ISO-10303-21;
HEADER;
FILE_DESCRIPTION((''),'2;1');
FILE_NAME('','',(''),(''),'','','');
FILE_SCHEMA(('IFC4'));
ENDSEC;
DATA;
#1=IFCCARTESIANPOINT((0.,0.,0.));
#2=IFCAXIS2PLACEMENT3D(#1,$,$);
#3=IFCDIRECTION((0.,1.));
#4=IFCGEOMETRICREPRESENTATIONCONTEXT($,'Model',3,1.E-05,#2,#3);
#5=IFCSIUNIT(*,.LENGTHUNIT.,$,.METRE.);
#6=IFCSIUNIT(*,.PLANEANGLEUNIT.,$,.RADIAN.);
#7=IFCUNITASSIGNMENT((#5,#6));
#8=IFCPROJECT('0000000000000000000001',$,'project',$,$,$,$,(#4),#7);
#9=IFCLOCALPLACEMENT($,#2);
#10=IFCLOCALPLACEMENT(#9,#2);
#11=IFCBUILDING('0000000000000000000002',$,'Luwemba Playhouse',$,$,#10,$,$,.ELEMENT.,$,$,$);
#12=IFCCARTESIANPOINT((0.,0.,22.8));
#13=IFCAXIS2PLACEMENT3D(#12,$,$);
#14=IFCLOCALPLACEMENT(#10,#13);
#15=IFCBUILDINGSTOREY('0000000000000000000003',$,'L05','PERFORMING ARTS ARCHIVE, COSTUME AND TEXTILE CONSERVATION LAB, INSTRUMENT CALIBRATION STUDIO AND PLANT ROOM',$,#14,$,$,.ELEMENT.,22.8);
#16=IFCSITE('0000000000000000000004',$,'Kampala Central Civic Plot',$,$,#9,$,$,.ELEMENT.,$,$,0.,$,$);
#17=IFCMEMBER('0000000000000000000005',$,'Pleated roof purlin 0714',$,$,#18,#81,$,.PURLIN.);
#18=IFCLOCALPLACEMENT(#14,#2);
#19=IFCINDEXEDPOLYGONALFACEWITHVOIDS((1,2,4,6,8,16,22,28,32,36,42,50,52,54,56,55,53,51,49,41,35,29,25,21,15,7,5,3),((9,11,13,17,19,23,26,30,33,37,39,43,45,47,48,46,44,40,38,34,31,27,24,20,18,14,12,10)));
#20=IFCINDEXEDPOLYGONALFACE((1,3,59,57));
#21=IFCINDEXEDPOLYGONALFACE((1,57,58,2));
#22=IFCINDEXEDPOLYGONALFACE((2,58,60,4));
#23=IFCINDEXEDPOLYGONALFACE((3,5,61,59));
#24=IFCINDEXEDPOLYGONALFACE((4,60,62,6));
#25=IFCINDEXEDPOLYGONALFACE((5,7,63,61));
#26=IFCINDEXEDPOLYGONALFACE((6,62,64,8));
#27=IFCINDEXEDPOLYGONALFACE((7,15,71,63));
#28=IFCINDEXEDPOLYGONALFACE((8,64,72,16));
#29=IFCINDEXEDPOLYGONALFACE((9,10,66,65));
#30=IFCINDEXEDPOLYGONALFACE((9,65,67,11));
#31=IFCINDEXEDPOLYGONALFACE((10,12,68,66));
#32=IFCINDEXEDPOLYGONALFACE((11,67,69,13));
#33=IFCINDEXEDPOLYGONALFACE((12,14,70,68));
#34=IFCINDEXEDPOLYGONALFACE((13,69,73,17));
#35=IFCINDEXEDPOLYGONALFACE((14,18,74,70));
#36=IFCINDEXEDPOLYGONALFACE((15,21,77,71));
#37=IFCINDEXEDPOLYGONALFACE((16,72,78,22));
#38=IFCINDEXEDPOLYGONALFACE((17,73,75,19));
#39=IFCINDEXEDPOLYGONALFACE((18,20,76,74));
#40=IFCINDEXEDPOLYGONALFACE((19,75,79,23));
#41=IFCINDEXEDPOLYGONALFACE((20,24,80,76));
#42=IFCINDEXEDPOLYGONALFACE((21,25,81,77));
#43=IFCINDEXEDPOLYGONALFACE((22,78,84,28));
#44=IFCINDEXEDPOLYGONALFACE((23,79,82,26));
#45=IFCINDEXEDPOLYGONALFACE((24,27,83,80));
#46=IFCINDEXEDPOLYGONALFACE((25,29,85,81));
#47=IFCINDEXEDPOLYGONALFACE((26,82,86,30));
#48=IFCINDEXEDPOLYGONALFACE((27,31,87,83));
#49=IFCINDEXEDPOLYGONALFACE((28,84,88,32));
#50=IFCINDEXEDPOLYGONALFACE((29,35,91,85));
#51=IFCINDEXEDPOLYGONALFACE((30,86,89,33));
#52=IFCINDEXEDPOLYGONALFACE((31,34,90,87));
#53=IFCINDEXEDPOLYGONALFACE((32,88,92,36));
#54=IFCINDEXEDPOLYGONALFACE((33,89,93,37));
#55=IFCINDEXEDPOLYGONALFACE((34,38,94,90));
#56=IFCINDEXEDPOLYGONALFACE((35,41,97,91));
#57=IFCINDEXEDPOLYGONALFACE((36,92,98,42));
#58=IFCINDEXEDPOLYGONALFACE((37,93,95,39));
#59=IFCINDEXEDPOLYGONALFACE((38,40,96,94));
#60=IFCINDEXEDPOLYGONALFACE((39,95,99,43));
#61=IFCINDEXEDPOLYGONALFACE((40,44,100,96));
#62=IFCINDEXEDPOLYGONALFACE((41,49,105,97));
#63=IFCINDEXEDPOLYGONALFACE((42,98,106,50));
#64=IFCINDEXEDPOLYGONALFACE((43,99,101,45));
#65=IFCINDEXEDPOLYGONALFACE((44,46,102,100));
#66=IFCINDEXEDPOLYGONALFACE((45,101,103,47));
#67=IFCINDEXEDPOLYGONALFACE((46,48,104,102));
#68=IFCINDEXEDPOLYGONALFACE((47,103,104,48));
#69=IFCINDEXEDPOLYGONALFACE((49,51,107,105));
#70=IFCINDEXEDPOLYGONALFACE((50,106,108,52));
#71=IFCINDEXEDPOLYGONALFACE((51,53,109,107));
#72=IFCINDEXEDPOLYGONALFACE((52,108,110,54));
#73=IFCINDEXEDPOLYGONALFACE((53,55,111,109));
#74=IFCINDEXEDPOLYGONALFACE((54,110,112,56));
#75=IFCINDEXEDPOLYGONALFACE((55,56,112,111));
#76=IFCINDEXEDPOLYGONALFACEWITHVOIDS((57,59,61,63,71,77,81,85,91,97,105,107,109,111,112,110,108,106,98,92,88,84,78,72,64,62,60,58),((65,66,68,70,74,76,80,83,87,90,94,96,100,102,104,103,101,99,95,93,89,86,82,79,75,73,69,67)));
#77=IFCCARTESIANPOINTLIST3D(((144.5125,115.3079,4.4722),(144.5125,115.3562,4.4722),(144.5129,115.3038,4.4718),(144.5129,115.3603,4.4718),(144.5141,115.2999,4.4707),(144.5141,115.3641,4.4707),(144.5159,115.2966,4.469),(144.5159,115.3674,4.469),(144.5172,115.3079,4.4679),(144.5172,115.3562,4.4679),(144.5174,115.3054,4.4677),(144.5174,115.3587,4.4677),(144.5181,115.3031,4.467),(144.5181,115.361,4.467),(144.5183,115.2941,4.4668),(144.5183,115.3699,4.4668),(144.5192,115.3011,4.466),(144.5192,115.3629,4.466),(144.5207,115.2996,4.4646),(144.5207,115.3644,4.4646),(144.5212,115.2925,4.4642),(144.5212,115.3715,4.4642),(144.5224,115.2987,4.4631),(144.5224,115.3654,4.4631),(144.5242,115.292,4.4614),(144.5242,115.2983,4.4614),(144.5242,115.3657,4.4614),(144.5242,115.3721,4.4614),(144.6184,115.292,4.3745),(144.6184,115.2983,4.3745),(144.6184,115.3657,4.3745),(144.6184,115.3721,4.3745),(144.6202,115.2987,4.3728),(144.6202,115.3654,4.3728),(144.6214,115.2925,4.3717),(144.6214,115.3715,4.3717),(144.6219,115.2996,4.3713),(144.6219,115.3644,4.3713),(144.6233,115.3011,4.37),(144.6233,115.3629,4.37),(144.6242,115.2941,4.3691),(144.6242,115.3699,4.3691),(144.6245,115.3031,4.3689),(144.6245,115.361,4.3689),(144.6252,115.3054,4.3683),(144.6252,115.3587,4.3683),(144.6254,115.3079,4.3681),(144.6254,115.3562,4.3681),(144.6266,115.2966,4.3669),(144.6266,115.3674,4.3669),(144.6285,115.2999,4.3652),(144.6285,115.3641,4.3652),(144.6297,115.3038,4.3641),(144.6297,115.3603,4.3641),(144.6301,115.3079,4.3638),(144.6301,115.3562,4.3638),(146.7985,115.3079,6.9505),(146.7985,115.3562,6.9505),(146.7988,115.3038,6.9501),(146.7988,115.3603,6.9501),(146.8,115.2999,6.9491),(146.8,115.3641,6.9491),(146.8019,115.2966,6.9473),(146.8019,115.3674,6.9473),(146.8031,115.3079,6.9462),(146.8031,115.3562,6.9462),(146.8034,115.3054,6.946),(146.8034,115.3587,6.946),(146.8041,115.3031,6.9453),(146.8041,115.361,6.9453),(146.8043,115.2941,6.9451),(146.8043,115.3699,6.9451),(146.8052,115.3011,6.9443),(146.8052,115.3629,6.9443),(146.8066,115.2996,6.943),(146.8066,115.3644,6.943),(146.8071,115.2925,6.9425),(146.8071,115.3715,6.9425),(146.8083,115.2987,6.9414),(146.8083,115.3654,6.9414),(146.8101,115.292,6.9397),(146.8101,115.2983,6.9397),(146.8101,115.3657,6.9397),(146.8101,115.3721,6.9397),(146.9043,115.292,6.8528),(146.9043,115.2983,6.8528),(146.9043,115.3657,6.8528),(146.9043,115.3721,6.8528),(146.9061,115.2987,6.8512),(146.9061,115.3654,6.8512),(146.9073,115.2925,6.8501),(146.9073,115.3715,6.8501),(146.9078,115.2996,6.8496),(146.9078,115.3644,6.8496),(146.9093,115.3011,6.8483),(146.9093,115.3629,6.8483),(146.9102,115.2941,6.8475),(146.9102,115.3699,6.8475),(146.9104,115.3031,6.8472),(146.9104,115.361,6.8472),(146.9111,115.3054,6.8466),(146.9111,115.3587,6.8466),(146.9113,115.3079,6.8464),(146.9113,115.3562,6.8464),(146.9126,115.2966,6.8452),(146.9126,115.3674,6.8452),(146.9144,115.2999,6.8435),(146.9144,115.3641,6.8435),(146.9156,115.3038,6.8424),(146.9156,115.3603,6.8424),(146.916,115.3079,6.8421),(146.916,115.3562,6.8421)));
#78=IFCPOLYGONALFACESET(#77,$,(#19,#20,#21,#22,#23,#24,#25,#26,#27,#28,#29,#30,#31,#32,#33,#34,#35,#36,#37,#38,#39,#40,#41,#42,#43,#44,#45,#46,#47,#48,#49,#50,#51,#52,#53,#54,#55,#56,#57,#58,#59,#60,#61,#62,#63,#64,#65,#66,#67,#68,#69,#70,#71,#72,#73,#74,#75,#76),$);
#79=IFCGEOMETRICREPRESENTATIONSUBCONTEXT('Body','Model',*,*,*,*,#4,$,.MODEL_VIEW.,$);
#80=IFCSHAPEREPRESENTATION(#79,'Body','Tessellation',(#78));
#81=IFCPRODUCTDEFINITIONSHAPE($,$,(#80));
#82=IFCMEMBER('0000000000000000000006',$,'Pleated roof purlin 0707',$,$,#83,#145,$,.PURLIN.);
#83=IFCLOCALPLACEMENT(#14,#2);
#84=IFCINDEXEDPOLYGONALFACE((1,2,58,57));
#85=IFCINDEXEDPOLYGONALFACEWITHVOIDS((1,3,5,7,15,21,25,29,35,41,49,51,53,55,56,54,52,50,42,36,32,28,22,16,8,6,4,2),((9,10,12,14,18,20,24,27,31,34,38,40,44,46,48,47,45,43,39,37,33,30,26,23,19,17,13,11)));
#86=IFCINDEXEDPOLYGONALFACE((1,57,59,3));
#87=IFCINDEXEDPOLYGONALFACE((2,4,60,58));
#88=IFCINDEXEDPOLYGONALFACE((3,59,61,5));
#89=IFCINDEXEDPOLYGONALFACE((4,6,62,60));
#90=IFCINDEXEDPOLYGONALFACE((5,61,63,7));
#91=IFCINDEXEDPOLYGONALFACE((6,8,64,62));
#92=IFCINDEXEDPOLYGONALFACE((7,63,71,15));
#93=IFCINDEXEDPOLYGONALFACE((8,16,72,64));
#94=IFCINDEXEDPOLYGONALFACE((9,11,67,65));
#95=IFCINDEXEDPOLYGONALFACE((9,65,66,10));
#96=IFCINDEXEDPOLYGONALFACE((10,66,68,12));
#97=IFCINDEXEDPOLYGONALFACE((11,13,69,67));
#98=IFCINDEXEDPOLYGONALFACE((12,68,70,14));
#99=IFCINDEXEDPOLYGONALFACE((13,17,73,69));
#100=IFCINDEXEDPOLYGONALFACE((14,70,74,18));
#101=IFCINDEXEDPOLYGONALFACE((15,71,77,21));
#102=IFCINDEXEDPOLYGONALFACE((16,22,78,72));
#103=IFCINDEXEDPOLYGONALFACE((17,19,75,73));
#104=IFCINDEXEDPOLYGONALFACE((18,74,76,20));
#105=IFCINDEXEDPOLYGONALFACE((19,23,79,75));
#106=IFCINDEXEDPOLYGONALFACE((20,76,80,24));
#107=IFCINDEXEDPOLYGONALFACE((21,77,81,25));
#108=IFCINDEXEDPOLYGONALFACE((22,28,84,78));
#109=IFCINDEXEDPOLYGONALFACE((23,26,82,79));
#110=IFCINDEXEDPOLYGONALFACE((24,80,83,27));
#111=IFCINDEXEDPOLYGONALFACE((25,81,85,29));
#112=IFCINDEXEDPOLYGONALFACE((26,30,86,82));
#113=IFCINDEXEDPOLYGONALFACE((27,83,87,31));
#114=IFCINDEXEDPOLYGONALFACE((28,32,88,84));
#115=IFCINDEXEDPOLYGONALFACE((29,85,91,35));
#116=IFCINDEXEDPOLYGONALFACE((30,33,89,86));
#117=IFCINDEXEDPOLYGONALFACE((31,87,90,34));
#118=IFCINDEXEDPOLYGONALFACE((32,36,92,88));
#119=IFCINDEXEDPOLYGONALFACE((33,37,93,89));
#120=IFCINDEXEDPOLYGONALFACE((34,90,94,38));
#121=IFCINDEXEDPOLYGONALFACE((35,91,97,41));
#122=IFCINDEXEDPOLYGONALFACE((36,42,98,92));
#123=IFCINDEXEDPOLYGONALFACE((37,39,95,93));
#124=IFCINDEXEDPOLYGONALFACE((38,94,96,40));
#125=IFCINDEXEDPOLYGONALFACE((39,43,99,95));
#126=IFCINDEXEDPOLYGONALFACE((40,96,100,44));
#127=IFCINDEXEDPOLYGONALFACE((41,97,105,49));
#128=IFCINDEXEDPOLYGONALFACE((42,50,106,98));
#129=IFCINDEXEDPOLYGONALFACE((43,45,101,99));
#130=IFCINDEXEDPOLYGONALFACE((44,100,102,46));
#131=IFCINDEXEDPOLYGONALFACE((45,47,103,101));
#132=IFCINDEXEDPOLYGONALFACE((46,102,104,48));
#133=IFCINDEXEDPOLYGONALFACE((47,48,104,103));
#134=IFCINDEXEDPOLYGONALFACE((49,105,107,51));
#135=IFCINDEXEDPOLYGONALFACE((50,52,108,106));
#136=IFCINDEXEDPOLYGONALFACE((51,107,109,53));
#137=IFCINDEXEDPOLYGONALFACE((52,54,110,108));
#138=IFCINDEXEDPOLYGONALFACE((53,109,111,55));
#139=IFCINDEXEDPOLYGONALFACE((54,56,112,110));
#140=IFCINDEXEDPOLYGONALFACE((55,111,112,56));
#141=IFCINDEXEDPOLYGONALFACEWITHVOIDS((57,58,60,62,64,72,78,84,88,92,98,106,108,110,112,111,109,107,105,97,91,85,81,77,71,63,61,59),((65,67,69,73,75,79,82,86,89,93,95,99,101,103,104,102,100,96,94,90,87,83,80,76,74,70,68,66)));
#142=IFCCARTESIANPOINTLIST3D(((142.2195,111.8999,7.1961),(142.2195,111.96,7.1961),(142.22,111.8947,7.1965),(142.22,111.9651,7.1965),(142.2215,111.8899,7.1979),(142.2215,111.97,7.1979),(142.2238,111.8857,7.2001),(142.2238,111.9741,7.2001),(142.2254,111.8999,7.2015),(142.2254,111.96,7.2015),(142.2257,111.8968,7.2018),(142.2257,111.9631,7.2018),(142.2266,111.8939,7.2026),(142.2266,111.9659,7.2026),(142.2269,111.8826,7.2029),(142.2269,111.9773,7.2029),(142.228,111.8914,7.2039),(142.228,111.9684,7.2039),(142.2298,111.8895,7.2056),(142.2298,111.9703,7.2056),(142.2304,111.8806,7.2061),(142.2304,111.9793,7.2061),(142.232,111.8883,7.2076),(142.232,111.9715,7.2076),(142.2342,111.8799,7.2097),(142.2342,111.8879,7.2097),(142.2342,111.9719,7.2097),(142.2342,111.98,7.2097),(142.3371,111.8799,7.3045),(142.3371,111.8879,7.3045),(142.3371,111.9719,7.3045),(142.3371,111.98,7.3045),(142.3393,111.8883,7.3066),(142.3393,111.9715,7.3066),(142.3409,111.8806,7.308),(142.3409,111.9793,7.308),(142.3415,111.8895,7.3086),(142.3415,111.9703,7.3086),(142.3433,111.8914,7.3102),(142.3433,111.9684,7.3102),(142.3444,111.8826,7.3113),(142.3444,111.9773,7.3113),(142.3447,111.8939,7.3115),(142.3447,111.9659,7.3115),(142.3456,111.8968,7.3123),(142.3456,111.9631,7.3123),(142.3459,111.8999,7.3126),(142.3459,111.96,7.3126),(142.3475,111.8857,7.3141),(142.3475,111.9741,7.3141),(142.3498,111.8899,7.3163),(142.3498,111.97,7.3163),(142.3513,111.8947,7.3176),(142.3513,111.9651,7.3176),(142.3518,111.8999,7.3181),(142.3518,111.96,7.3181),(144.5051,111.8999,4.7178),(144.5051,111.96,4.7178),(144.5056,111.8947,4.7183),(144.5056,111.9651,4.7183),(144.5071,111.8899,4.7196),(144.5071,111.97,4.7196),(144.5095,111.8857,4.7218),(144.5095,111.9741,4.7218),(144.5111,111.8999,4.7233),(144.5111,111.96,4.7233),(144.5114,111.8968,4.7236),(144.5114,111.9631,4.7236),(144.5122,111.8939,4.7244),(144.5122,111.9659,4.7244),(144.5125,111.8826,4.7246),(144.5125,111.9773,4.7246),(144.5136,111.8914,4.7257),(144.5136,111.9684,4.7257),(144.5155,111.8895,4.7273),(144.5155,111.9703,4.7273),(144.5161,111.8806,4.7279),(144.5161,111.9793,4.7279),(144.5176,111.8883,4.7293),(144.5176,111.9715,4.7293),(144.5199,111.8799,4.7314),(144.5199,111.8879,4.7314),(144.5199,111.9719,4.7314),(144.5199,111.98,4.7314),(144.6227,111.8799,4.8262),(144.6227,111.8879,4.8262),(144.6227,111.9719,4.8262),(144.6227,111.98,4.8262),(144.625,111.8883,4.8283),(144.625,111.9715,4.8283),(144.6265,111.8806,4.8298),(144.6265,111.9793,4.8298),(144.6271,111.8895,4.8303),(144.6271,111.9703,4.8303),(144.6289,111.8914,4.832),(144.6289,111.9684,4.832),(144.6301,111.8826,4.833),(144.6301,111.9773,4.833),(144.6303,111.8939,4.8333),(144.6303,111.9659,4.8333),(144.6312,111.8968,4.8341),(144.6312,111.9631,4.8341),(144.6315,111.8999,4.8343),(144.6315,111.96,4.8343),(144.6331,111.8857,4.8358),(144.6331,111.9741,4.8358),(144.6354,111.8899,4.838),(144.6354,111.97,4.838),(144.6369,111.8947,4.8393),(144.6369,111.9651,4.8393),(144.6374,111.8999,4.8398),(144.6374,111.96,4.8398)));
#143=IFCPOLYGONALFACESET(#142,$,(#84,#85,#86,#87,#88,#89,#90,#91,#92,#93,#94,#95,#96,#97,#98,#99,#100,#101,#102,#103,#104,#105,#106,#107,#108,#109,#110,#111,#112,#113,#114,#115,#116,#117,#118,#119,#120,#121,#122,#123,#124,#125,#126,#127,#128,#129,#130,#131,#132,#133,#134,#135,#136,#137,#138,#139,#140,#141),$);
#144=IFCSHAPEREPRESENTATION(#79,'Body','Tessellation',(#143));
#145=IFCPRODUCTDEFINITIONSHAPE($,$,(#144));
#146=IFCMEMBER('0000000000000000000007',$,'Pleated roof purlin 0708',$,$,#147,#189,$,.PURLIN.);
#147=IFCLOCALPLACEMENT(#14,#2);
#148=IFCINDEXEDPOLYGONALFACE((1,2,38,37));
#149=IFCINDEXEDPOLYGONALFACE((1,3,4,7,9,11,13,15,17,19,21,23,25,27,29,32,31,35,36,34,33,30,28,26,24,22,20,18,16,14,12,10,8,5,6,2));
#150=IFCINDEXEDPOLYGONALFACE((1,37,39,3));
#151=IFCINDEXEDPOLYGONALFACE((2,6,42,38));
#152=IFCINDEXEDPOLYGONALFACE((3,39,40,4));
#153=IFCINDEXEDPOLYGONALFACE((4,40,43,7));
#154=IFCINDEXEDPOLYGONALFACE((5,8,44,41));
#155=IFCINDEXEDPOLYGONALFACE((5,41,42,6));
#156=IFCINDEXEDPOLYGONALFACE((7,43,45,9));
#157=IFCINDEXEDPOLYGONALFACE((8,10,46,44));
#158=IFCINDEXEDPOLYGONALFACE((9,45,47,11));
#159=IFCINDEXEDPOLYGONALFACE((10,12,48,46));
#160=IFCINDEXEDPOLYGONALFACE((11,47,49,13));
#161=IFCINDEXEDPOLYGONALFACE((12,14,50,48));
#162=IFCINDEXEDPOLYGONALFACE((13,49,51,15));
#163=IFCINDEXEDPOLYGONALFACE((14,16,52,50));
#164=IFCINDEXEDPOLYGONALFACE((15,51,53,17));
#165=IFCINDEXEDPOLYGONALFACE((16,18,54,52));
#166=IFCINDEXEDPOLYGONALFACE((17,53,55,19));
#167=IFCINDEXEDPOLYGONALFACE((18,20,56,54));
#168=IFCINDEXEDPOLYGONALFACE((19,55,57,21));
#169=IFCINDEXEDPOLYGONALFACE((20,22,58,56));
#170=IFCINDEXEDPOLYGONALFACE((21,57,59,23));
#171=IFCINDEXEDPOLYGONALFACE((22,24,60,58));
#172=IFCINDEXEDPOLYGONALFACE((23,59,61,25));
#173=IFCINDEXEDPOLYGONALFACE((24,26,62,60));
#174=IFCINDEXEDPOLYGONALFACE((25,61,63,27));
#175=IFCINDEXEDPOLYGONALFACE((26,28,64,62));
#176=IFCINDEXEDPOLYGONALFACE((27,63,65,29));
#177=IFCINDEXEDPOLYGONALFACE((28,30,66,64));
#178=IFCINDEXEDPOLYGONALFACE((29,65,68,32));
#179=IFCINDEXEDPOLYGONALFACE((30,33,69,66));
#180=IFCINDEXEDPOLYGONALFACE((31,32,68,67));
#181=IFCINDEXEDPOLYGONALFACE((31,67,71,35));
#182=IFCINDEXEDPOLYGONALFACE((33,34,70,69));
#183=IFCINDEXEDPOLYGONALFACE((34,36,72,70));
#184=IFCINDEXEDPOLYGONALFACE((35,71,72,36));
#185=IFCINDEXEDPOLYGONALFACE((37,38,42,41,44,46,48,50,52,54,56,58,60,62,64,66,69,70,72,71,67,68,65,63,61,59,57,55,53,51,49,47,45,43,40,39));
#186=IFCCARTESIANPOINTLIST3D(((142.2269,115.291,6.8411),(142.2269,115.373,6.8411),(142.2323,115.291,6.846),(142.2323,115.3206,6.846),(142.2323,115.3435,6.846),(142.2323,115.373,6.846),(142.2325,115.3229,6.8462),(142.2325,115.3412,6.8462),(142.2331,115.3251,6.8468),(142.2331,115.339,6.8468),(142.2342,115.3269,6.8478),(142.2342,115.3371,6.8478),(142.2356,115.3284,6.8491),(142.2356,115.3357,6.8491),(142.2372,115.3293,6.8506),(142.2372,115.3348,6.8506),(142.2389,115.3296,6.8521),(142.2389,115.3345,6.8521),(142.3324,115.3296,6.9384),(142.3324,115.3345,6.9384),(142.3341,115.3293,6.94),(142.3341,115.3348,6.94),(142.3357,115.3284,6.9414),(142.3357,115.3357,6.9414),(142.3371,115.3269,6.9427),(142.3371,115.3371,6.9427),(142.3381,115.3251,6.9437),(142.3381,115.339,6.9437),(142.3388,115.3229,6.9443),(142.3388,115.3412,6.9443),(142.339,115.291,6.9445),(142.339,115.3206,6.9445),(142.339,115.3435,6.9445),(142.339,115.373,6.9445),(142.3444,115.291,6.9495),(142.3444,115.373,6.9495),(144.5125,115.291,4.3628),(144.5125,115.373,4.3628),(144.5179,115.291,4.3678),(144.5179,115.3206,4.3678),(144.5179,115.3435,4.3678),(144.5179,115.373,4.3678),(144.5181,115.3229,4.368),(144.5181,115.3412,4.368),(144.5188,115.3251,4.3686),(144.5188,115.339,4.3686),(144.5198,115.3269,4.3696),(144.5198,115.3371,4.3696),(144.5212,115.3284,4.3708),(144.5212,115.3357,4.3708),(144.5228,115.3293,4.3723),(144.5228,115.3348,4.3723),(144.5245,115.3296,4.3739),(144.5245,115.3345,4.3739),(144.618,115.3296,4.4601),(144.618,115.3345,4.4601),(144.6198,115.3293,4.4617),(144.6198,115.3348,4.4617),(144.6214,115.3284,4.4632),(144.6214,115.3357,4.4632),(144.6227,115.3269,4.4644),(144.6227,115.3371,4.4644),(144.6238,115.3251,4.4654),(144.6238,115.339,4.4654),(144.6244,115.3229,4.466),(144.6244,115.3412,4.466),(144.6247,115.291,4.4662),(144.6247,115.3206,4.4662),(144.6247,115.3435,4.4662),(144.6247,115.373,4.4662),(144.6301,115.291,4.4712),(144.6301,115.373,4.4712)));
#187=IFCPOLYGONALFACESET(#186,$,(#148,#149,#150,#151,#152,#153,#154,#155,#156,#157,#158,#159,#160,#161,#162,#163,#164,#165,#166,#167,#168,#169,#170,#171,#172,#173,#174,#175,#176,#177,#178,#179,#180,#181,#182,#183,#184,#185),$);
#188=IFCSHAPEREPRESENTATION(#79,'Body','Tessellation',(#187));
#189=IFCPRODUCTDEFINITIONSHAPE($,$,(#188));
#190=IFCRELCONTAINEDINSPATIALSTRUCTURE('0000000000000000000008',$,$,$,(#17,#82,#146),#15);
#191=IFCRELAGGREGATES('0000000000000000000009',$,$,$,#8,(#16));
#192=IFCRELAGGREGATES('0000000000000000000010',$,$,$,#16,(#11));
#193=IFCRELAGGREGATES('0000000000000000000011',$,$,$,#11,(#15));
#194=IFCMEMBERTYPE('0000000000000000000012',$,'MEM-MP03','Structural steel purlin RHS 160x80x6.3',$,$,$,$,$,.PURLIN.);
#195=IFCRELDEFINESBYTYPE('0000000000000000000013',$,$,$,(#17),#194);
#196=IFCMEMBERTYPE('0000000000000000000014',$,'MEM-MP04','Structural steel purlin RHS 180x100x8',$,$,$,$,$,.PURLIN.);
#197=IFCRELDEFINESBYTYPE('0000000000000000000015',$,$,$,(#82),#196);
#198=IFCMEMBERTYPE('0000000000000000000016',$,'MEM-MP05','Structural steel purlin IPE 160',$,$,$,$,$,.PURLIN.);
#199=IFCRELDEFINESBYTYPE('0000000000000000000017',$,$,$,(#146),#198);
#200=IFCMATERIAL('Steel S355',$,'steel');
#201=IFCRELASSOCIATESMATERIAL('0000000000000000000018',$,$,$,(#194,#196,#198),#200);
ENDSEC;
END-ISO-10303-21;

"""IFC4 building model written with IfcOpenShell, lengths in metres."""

from ifc_helpers import new_model, si_unit, direction, frame, origin, origin_2d, place, context, subcontext, project, spatial, hollow_rectangle, i_section, extrude, material, material_profile, profile_set, type_object, element, save


model = new_model("IFC4")

# Units and contexts
model_context = context("Model", 3, precision=1e-05, world=origin(), true_north=direction((0.0, 1.0)))
body_context = subcontext(model_context, "Body", "Model", "MODEL_VIEW")
ifc_project = project(units=[si_unit("LENGTHUNIT", "METRE"), si_unit("PLANEANGLEUNIT", "RADIAN")], contexts=[model_context])

# Site, building, storey
site_placement = place(None, origin())
site = spatial("IfcSite", under=ifc_project, at=site_placement, Name="Kampala Central Civic Plot", CompositionType="ELEMENT", RefElevation=0.0)
building_placement = place(site_placement, origin())
building = spatial("IfcBuilding", under=site, at=building_placement, Name="Luwemba Playhouse", CompositionType="ELEMENT")
storey_placement = place(building_placement, frame((0.0, 0.0, 22.8)))
storey = spatial("IfcBuildingStorey", under=building, at=storey_placement, Name="L05", Description="PERFORMING ARTS ARCHIVE, COSTUME AND TEXTILE CONSERVATION LAB, INSTRUMENT CALIBRATION STUDIO AND PLANT ROOM", CompositionType="ELEMENT", Elevation=22.8)

# Shared definitions
ifc_material_1 = material(Name="Steel S355", Category="steel")

# Members
ifc_material_profile_1 = material_profile(ifc_material_1, hollow_rectangle(XDim=0.0801, YDim=0.1599, WallThickness=0.0063, InnerFilletRadius=0.0095, OuterFilletRadius=0.0159, at=origin_2d()))
ifc_profile_set_1 = profile_set([ifc_material_profile_1], Name="Steel S355")
member_type_1 = type_object("IfcMemberType", Name="MEM-MP03", Description="Structural steel purlin RHS 160x80x6.3", PredefinedType="PURLIN", material=ifc_profile_set_1)
member_1_placement = place(storey_placement, frame((144.5713, 115.332, 4.418), z_axis=(0.678, 0.0, 0.735062), x_axis=(0.0, 1.0, 0.0)))
element("IfcMember", 1, at=member_1_placement, inside=storey, type_object=member_type_1, Name="Pleated roof purlin 0714", PredefinedType="PURLIN", context=body_context, shape_type="SweptSolid", body=[
    extrude(hollow_rectangle(XDim=0.0801, YDim=0.1599, WallThickness=0.0063, InnerFilletRadius=0.0095, OuterFilletRadius=0.0159, at=origin_2d()), origin(), (0.0, 0.0, 1.0), 3.3716),
])
ifc_material_profile_2 = material_profile(ifc_material_1, hollow_rectangle(XDim=0.1001, YDim=0.1799, WallThickness=0.0081, InnerFilletRadius=0.012, OuterFilletRadius=0.02, at=origin_2d()))
ifc_profile_set_2 = profile_set([ifc_material_profile_2], Name="Steel S355")
member_type_2 = type_object("IfcMemberType", Name="MEM-MP04", Description="Structural steel purlin RHS 180x100x8", PredefinedType="PURLIN", material=ifc_profile_set_2)
member_2_placement = place(storey_placement, frame((142.2856, 111.9299, 7.2571), z_axis=(0.677961, 0.0, -0.735098), x_axis=(0.0, 1.0, 0.0)))
element("IfcMember", 2, at=member_2_placement, inside=storey, type_object=member_type_2, Name="Pleated roof purlin 0707", PredefinedType="PURLIN", context=body_context, shape_type="SweptSolid", body=[
    extrude(hollow_rectangle(XDim=0.1001, YDim=0.1799, WallThickness=0.0081, InnerFilletRadius=0.012, OuterFilletRadius=0.02, at=origin_2d()), origin(), (0.0, 0.0, 1.0), 3.3713),
])
ifc_material_profile_3 = material_profile(ifc_material_1, i_section(OverallWidth=0.082, OverallDepth=0.1599, WebThickness=0.0049, FlangeThickness=0.0073, FilletRadius=0.009, at=origin_2d()))
ifc_profile_set_3 = profile_set([ifc_material_profile_3], Name="Steel S355")
member_type_3 = type_object("IfcMemberType", Name="MEM-MP05", Description="Structural steel purlin IPE 160", PredefinedType="PURLIN", material=ifc_profile_set_3)
member_3_placement = place(storey_placement, frame((142.2856, 115.332, 6.8953), z_axis=(0.677961, 0.0, -0.735098), x_axis=(0.0, 1.0, 0.0)))
element("IfcMember", 3, at=member_3_placement, inside=storey, type_object=member_type_3, Name="Pleated roof purlin 0708", PredefinedType="PURLIN", context=body_context, shape_type="SweptSolid", body=[
    extrude(i_section(OverallWidth=0.082, OverallDepth=0.1599, WebThickness=0.0049, FlangeThickness=0.0073, FilletRadius=0.009, at=origin_2d()), origin(), (0.0, 0.0, 1.0), 3.3713),
])

save(model, "model.ifc")
